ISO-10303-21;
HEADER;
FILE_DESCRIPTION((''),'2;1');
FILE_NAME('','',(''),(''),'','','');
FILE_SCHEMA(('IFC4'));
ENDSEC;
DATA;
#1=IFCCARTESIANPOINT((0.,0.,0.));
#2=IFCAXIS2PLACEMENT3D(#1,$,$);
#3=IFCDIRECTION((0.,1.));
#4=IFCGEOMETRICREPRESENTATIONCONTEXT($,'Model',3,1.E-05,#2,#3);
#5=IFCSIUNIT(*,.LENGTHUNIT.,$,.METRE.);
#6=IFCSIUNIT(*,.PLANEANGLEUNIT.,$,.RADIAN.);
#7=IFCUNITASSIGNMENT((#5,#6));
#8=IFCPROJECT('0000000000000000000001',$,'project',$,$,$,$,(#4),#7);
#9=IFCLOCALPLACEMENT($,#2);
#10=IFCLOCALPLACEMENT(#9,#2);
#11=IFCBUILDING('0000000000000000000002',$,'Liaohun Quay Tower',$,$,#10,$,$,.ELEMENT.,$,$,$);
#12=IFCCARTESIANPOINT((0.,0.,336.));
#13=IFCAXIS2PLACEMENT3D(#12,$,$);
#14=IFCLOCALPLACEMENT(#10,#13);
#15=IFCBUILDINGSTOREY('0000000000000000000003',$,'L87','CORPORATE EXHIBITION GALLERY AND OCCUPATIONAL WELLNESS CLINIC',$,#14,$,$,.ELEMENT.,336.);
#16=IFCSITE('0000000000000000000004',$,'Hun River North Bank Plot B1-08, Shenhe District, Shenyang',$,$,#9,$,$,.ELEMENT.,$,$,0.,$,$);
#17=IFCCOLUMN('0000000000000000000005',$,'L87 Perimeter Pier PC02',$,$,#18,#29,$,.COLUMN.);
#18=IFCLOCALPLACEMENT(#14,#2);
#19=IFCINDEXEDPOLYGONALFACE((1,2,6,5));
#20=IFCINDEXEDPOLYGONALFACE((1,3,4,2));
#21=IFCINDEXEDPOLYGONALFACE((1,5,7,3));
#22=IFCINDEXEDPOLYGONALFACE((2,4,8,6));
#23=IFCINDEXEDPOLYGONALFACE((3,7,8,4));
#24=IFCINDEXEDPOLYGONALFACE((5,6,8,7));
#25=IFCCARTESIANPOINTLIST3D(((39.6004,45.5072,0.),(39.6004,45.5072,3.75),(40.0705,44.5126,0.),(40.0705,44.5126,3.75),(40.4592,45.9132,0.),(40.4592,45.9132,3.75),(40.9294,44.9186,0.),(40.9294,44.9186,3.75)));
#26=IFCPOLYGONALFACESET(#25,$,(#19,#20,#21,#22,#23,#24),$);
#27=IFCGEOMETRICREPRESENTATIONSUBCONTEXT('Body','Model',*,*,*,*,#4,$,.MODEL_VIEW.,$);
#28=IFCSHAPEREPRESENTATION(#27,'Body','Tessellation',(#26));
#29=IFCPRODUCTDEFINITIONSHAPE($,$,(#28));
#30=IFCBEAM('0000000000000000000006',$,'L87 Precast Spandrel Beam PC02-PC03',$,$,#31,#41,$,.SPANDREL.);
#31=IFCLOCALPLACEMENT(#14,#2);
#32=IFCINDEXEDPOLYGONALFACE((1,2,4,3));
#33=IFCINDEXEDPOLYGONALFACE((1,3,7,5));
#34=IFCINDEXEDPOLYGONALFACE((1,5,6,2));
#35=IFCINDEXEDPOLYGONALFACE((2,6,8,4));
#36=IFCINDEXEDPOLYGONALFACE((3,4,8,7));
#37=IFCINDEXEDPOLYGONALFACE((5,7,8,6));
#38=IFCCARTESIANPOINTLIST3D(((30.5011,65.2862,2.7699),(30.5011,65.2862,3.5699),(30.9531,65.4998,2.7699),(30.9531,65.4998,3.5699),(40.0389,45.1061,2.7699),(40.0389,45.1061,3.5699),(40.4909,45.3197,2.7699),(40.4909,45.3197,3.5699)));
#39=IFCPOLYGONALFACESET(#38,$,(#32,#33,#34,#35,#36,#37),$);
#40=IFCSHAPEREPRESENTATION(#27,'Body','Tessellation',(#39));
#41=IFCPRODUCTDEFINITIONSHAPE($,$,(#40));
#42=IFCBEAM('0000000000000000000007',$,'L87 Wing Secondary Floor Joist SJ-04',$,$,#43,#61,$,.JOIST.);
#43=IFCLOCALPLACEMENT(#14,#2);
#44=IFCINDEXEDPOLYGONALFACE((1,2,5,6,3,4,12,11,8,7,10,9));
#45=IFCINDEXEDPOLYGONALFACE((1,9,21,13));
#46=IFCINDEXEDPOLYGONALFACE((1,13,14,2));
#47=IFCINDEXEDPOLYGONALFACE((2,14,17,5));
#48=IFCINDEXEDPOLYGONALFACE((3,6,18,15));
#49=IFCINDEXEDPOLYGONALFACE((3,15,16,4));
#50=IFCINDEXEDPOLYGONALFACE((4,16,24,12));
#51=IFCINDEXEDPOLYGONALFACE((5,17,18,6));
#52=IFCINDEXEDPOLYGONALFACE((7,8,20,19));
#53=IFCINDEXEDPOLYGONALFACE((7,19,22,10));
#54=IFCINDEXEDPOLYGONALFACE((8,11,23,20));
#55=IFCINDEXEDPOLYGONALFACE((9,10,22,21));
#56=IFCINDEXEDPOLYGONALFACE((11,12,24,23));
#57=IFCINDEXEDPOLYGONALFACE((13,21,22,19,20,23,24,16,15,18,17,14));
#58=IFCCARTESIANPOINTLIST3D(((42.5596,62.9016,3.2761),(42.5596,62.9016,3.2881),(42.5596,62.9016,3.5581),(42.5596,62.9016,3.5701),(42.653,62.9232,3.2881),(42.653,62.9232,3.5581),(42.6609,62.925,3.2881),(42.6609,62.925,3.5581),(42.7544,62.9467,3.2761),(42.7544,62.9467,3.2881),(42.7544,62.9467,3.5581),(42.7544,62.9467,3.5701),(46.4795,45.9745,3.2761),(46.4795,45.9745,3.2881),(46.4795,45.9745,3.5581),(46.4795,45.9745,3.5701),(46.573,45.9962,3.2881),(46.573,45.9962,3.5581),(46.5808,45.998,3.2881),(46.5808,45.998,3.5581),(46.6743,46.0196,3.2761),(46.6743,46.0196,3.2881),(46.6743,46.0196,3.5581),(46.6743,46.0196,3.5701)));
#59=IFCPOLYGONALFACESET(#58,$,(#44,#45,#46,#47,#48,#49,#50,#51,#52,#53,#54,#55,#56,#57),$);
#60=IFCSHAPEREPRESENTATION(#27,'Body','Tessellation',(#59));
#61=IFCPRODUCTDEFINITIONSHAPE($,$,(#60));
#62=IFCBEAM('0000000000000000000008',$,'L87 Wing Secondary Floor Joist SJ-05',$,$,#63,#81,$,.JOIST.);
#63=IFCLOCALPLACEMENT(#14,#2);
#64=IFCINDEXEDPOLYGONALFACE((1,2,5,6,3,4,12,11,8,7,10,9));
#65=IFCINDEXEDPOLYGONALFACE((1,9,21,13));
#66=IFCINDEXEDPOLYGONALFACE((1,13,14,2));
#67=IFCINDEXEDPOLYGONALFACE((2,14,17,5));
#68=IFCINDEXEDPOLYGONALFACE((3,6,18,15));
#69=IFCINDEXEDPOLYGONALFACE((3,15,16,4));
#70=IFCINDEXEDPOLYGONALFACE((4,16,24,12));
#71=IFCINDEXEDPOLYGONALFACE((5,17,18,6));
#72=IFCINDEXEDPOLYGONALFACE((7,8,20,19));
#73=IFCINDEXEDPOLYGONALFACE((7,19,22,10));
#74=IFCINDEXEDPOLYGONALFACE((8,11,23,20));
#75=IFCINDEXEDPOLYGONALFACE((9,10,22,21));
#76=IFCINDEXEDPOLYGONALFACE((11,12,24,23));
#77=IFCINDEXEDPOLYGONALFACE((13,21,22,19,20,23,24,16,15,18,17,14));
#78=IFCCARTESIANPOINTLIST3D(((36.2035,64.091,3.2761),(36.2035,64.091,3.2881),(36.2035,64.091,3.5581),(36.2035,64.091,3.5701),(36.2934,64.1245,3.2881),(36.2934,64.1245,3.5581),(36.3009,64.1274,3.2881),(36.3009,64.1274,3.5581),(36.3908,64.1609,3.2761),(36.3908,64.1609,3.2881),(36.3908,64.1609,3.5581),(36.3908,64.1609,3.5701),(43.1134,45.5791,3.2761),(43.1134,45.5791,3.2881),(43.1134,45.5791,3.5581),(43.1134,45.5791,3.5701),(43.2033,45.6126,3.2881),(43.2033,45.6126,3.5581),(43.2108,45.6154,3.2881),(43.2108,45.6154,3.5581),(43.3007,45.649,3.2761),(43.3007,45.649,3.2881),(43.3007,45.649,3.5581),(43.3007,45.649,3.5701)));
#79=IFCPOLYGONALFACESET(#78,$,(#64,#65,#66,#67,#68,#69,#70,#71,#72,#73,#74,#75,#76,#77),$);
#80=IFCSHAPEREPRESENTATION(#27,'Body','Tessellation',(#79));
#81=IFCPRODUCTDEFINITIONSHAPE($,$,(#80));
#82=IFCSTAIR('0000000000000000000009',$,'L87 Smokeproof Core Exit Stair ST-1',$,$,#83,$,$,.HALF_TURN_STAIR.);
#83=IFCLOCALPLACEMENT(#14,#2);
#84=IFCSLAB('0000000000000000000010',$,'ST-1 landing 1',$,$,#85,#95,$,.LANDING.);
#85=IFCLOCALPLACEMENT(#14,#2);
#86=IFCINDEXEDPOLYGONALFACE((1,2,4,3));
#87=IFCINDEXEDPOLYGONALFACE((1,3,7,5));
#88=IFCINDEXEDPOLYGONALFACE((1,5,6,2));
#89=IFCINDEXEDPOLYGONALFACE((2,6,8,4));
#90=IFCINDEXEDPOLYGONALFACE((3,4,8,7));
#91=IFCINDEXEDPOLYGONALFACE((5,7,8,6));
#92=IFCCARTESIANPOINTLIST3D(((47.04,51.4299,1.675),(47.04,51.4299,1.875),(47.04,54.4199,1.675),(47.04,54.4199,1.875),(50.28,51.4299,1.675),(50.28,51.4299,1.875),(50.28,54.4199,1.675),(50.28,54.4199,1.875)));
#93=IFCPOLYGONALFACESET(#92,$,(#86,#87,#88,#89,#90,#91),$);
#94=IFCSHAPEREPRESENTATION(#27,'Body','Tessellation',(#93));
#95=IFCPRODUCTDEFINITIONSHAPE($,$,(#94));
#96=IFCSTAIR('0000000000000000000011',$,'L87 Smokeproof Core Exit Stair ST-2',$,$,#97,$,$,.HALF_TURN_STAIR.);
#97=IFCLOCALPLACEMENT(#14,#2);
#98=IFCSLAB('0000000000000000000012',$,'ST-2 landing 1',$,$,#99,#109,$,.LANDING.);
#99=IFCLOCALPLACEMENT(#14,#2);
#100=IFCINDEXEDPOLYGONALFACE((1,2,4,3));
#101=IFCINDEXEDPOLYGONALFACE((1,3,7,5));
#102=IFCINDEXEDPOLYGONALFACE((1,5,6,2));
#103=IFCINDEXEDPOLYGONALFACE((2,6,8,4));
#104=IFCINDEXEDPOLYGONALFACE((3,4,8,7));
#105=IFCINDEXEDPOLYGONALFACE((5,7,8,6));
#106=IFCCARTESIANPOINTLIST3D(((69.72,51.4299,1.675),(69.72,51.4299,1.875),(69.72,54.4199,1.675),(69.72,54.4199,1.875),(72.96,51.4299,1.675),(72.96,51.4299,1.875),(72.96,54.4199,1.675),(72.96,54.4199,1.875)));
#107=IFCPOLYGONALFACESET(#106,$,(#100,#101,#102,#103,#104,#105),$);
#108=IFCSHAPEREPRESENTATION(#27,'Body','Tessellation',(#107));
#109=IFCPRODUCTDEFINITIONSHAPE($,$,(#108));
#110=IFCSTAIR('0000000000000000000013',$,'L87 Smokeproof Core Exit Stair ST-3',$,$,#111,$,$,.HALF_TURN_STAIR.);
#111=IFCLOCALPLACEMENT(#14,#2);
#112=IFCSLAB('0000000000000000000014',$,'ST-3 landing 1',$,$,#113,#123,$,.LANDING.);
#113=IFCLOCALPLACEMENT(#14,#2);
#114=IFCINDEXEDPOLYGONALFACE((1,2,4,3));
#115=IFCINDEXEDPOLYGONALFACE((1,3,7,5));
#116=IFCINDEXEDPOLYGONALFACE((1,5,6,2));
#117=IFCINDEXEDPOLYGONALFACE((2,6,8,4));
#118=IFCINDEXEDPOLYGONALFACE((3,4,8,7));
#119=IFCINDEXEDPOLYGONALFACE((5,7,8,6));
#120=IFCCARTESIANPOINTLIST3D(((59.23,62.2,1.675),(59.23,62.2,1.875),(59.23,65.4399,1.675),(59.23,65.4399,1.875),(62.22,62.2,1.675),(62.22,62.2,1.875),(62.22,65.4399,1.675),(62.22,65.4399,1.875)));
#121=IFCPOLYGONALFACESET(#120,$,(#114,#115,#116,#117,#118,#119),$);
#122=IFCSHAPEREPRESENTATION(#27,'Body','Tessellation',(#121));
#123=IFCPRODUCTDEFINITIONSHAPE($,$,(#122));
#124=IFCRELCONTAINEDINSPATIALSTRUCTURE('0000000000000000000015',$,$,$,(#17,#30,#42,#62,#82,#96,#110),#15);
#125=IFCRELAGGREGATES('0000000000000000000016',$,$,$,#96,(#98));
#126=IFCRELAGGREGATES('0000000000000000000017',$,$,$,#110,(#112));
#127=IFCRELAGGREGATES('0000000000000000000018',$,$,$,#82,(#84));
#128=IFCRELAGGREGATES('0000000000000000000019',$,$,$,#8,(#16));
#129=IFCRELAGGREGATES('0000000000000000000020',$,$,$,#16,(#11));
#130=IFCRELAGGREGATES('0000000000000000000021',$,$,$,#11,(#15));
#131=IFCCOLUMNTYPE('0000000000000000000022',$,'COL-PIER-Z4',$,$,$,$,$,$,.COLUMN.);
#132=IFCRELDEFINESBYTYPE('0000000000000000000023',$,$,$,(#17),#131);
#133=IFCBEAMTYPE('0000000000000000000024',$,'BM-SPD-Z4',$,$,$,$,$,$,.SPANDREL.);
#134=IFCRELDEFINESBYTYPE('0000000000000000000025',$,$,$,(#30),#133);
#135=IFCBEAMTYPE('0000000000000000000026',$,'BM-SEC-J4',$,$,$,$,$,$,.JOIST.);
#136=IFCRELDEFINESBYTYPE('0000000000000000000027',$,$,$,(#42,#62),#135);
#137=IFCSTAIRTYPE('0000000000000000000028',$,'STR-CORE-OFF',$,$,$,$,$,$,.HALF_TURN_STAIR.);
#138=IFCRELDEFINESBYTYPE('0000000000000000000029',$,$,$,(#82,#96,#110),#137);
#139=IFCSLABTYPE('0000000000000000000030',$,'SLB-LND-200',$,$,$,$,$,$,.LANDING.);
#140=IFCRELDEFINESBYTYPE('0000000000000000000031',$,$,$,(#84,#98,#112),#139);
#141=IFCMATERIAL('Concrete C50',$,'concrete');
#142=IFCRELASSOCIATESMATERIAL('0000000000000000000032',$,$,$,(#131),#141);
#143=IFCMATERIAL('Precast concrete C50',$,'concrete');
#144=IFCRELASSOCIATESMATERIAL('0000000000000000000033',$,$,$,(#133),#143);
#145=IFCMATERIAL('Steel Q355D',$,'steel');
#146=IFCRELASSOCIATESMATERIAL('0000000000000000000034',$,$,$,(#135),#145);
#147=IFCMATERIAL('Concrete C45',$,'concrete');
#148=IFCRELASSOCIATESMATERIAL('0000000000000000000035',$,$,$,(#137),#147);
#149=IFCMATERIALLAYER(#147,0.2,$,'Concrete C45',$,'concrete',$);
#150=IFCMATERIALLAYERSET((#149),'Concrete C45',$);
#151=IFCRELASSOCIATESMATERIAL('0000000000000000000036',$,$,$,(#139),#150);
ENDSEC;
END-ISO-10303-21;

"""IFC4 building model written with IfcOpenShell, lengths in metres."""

from ifc_helpers import new_model, si_unit, direction, frame, origin, origin_2d, place, context, subcontext, project, spatial, polyline, rectangle, i_section, outline, extrude, source, transform, mapped, material, layer, layer_set, material_profile, profile_set, type_object, element, aggregate, save


model = new_model("IFC4")

# Units and contexts
model_context = context("Model", 3, precision=1e-05, world=origin(), true_north=direction((0.0, 1.0)))
body_context = subcontext(model_context, "Body", "Model", "MODEL_VIEW")
ifc_project = project(units=[si_unit("LENGTHUNIT", "METRE"), si_unit("PLANEANGLEUNIT", "RADIAN")], contexts=[model_context])

# Site, building, storey
site_placement = place(None, origin())
site = spatial("IfcSite", under=ifc_project, at=site_placement, Name="Hun River North Bank Plot B1-08, Shenhe District, Shenyang", CompositionType="ELEMENT", RefElevation=0.0)
building_placement = place(site_placement, origin())
building = spatial("IfcBuilding", under=site, at=building_placement, Name="Liaohun Quay Tower", CompositionType="ELEMENT")
storey_placement = place(building_placement, frame((0.0, 0.0, 336.0)))
storey = spatial("IfcBuildingStorey", under=building, at=storey_placement, Name="L87", Description="CORPORATE EXHIBITION GALLERY AND OCCUPATIONAL WELLNESS CLINIC", CompositionType="ELEMENT", Elevation=336.0)

# Column
ifc_material_1 = material(Name="Concrete C50", Category="concrete")
ifc_material_profile_1 = material_profile(ifc_material_1, rectangle(XDim=1.1001, YDim=0.95, at=origin_2d()), Name="RC1100x950")
ifc_profile_set_1 = profile_set([ifc_material_profile_1], Name="Concrete C50")
column_type = type_object("IfcColumnType", Name="COL-PIER-Z4", PredefinedType="COLUMN", material=ifc_profile_set_1)
shared_shape_1 = source(origin(), body_context, "Body", "SweptSolid", [
    extrude(rectangle(XDim=1.1001, YDim=0.95, at=origin_2d()), origin(), (0.0, 0.0, 1.0), 3.75),
])
column_placement = place(storey_placement, frame((40.2649, 45.2129, 0.0), z_axis=(0.0, 0.0, 1.0), x_axis=(-0.427358, 0.904083, 0.0)))
element("IfcColumn", 1, at=column_placement, inside=storey, type_object=column_type, Name="L87 Perimeter Pier PC02", PredefinedType="COLUMN", context=body_context, shape_type="MappedRepresentation", body=[
    mapped(shared_shape_1, transform((0.0, 0.0, 0.0), x_axis=(1.0, 0.0, 0.0), y_axis=(0.0, 1.0, 0.0), z_axis=(0.0, 0.0, 1.0), scale=1.0)),
])

# Beams
ifc_material_2 = material(Name="Precast concrete C50", Category="concrete")
ifc_material_profile_2 = material_profile(ifc_material_2, rectangle(XDim=0.5, YDim=0.8, at=origin_2d()), Name="RC500x800")
ifc_profile_set_2 = profile_set([ifc_material_profile_2], Name="Precast concrete C50")
beam_type_1 = type_object("IfcBeamType", Name="BM-SPD-Z4", PredefinedType="SPANDREL", material=ifc_profile_set_2)
shared_shape_2 = source(origin(), body_context, "Body", "SweptSolid", [
    extrude(rectangle(XDim=0.5, YDim=0.8, at=origin_2d()), origin(), (0.0, 0.0, 1.0), 22.3206),
])
beam_1_placement = place(storey_placement, frame((40.2649, 45.2129, 3.1699), z_axis=(-0.427311, 0.904105, 0.0), x_axis=(-0.904105, -0.427311, 0.0)))
element("IfcBeam", 2, at=beam_1_placement, inside=storey, type_object=beam_type_1, Name="L87 Precast Spandrel Beam PC02-PC03", PredefinedType="SPANDREL", context=body_context, shape_type="MappedRepresentation", body=[
    mapped(shared_shape_2, transform((0.0, 0.0, 0.0), x_axis=(1.0, 0.0, 0.0), y_axis=(0.0, 1.0, 0.0), z_axis=(0.0, 0.0, 1.0), scale=1.0)),
])
ifc_material_3 = material(Name="Steel Q355D", Category="steel")
ifc_material_profile_3 = material_profile(ifc_material_3, i_section(OverallWidth=0.2, OverallDepth=0.2939, WebThickness=0.0081, FlangeThickness=0.012, at=origin_2d()), Name="HM294x200x8x12")
ifc_profile_set_3 = profile_set([ifc_material_profile_3], Name="Steel Q355D")
beam_type_2 = type_object("IfcBeamType", Name="BM-SEC-J4", PredefinedType="JOIST", material=ifc_profile_set_3)
shared_shape_3 = source(origin(), body_context, "Body", "SweptSolid", [
    extrude(i_section(OverallWidth=0.2, OverallDepth=0.2939, WebThickness=0.0081, FlangeThickness=0.012, at=origin_2d()), origin(), (0.0, 0.0, 1.0), 17.375),
])
beam_2_placement = place(storey_placement, frame((46.5769, 45.9971, 3.4231), z_axis=(-0.225608, 0.974218, 0.0), x_axis=(-0.974218, -0.225608, 0.0)))
element("IfcBeam", 3, at=beam_2_placement, inside=storey, type_object=beam_type_2, Name="L87 Wing Secondary Floor Joist SJ-04", PredefinedType="JOIST", context=body_context, shape_type="MappedRepresentation", body=[
    mapped(shared_shape_3, transform((0.0, 0.0, 0.0), x_axis=(1.0, 0.0, 0.0), y_axis=(0.0, 1.0, 0.0), z_axis=(0.0, 0.0, 1.0), scale=1.0)),
])
shared_shape_4 = source(origin(), body_context, "Body", "SweptSolid", [
    extrude(i_section(OverallWidth=0.2, OverallDepth=0.2939, WebThickness=0.0081, FlangeThickness=0.012, at=origin_2d()), origin(), (0.0, 0.0, 1.0), 19.7595),
])
beam_3_placement = place(storey_placement, frame((43.207, 45.614, 3.4231), z_axis=(-0.3497, 0.936862, 0.0), x_axis=(-0.936862, -0.3497, 0.0)))
element("IfcBeam", 4, at=beam_3_placement, inside=storey, type_object=beam_type_2, Name="L87 Wing Secondary Floor Joist SJ-05", PredefinedType="JOIST", context=body_context, shape_type="MappedRepresentation", body=[
    mapped(shared_shape_4, transform((0.0, 0.0, 0.0), x_axis=(1.0, 0.0, 0.0), y_axis=(0.0, 1.0, 0.0), z_axis=(0.0, 0.0, 1.0), scale=1.0)),
])

# Stairs, slabs
ifc_material_4 = material(Name="Concrete C45", Category="concrete")
stair_type = type_object("IfcStairType", Name="STR-CORE-OFF", PredefinedType="HALF_TURN_STAIR", material=ifc_material_4)
stair_1_placement = place(storey_placement, origin())
stair_1 = element("IfcStair", 5, at=stair_1_placement, inside=storey, type_object=stair_type, Name="L87 Smokeproof Core Exit Stair ST-1", PredefinedType="HALF_TURN_STAIR")
ifc_layer_1 = layer(ifc_material_4, 0.2, Name="Concrete C45", Category="concrete")
ifc_layer_set_1 = layer_set([ifc_layer_1], Name="Concrete C45")
slab_type_1 = type_object("IfcSlabType", Name="SLB-LND-200", PredefinedType="LANDING", material=ifc_layer_set_1)
slab_1_placement = place(storey_placement, frame((0.0, 0.0, 1.675)))
slab_1 = element("IfcSlab", 6, at=slab_1_placement, type_object=slab_type_1, Name="ST-1 landing 1", PredefinedType="LANDING", context=body_context, shape_type="SweptSolid", body=[
    extrude(outline(polyline([(50.28, 51.4299), (50.28, 54.4199), (47.04, 54.4199), (47.04, 51.4299), (50.28, 51.4299)])), origin(), (0.0, 0.0, 1.0), 0.2),
])
stair_2_placement = place(storey_placement, origin())
stair_2 = element("IfcStair", 7, at=stair_2_placement, inside=storey, type_object=stair_type, Name="L87 Smokeproof Core Exit Stair ST-2", PredefinedType="HALF_TURN_STAIR")
slab_2_placement = place(storey_placement, frame((0.0, 0.0, 1.675)))
slab_2 = element("IfcSlab", 8, at=slab_2_placement, type_object=slab_type_1, Name="ST-2 landing 1", PredefinedType="LANDING", context=body_context, shape_type="SweptSolid", body=[
    extrude(outline(polyline([(72.96, 51.4299), (72.96, 54.4199), (69.72, 54.4199), (69.72, 51.4299), (72.96, 51.4299)])), origin(), (0.0, 0.0, 1.0), 0.2),
])
aggregate(stair_2, [slab_2])
stair_3_placement = place(storey_placement, origin())
stair_3 = element("IfcStair", 9, at=stair_3_placement, inside=storey, type_object=stair_type, Name="L87 Smokeproof Core Exit Stair ST-3", PredefinedType="HALF_TURN_STAIR")
slab_3_placement = place(storey_placement, frame((0.0, 0.0, 1.675)))
slab_3 = element("IfcSlab", 10, at=slab_3_placement, type_object=slab_type_1, Name="ST-3 landing 1", PredefinedType="LANDING", context=body_context, shape_type="SweptSolid", body=[
    extrude(outline(polyline([(59.23, 62.2), (62.22, 62.2), (62.22, 65.4399), (59.23, 65.4399), (59.23, 62.2)])), origin(), (0.0, 0.0, 1.0), 0.2),
])
aggregate(stair_3, [slab_3])

aggregate(stair_1, [slab_1])

save(model, "model.ifc")
